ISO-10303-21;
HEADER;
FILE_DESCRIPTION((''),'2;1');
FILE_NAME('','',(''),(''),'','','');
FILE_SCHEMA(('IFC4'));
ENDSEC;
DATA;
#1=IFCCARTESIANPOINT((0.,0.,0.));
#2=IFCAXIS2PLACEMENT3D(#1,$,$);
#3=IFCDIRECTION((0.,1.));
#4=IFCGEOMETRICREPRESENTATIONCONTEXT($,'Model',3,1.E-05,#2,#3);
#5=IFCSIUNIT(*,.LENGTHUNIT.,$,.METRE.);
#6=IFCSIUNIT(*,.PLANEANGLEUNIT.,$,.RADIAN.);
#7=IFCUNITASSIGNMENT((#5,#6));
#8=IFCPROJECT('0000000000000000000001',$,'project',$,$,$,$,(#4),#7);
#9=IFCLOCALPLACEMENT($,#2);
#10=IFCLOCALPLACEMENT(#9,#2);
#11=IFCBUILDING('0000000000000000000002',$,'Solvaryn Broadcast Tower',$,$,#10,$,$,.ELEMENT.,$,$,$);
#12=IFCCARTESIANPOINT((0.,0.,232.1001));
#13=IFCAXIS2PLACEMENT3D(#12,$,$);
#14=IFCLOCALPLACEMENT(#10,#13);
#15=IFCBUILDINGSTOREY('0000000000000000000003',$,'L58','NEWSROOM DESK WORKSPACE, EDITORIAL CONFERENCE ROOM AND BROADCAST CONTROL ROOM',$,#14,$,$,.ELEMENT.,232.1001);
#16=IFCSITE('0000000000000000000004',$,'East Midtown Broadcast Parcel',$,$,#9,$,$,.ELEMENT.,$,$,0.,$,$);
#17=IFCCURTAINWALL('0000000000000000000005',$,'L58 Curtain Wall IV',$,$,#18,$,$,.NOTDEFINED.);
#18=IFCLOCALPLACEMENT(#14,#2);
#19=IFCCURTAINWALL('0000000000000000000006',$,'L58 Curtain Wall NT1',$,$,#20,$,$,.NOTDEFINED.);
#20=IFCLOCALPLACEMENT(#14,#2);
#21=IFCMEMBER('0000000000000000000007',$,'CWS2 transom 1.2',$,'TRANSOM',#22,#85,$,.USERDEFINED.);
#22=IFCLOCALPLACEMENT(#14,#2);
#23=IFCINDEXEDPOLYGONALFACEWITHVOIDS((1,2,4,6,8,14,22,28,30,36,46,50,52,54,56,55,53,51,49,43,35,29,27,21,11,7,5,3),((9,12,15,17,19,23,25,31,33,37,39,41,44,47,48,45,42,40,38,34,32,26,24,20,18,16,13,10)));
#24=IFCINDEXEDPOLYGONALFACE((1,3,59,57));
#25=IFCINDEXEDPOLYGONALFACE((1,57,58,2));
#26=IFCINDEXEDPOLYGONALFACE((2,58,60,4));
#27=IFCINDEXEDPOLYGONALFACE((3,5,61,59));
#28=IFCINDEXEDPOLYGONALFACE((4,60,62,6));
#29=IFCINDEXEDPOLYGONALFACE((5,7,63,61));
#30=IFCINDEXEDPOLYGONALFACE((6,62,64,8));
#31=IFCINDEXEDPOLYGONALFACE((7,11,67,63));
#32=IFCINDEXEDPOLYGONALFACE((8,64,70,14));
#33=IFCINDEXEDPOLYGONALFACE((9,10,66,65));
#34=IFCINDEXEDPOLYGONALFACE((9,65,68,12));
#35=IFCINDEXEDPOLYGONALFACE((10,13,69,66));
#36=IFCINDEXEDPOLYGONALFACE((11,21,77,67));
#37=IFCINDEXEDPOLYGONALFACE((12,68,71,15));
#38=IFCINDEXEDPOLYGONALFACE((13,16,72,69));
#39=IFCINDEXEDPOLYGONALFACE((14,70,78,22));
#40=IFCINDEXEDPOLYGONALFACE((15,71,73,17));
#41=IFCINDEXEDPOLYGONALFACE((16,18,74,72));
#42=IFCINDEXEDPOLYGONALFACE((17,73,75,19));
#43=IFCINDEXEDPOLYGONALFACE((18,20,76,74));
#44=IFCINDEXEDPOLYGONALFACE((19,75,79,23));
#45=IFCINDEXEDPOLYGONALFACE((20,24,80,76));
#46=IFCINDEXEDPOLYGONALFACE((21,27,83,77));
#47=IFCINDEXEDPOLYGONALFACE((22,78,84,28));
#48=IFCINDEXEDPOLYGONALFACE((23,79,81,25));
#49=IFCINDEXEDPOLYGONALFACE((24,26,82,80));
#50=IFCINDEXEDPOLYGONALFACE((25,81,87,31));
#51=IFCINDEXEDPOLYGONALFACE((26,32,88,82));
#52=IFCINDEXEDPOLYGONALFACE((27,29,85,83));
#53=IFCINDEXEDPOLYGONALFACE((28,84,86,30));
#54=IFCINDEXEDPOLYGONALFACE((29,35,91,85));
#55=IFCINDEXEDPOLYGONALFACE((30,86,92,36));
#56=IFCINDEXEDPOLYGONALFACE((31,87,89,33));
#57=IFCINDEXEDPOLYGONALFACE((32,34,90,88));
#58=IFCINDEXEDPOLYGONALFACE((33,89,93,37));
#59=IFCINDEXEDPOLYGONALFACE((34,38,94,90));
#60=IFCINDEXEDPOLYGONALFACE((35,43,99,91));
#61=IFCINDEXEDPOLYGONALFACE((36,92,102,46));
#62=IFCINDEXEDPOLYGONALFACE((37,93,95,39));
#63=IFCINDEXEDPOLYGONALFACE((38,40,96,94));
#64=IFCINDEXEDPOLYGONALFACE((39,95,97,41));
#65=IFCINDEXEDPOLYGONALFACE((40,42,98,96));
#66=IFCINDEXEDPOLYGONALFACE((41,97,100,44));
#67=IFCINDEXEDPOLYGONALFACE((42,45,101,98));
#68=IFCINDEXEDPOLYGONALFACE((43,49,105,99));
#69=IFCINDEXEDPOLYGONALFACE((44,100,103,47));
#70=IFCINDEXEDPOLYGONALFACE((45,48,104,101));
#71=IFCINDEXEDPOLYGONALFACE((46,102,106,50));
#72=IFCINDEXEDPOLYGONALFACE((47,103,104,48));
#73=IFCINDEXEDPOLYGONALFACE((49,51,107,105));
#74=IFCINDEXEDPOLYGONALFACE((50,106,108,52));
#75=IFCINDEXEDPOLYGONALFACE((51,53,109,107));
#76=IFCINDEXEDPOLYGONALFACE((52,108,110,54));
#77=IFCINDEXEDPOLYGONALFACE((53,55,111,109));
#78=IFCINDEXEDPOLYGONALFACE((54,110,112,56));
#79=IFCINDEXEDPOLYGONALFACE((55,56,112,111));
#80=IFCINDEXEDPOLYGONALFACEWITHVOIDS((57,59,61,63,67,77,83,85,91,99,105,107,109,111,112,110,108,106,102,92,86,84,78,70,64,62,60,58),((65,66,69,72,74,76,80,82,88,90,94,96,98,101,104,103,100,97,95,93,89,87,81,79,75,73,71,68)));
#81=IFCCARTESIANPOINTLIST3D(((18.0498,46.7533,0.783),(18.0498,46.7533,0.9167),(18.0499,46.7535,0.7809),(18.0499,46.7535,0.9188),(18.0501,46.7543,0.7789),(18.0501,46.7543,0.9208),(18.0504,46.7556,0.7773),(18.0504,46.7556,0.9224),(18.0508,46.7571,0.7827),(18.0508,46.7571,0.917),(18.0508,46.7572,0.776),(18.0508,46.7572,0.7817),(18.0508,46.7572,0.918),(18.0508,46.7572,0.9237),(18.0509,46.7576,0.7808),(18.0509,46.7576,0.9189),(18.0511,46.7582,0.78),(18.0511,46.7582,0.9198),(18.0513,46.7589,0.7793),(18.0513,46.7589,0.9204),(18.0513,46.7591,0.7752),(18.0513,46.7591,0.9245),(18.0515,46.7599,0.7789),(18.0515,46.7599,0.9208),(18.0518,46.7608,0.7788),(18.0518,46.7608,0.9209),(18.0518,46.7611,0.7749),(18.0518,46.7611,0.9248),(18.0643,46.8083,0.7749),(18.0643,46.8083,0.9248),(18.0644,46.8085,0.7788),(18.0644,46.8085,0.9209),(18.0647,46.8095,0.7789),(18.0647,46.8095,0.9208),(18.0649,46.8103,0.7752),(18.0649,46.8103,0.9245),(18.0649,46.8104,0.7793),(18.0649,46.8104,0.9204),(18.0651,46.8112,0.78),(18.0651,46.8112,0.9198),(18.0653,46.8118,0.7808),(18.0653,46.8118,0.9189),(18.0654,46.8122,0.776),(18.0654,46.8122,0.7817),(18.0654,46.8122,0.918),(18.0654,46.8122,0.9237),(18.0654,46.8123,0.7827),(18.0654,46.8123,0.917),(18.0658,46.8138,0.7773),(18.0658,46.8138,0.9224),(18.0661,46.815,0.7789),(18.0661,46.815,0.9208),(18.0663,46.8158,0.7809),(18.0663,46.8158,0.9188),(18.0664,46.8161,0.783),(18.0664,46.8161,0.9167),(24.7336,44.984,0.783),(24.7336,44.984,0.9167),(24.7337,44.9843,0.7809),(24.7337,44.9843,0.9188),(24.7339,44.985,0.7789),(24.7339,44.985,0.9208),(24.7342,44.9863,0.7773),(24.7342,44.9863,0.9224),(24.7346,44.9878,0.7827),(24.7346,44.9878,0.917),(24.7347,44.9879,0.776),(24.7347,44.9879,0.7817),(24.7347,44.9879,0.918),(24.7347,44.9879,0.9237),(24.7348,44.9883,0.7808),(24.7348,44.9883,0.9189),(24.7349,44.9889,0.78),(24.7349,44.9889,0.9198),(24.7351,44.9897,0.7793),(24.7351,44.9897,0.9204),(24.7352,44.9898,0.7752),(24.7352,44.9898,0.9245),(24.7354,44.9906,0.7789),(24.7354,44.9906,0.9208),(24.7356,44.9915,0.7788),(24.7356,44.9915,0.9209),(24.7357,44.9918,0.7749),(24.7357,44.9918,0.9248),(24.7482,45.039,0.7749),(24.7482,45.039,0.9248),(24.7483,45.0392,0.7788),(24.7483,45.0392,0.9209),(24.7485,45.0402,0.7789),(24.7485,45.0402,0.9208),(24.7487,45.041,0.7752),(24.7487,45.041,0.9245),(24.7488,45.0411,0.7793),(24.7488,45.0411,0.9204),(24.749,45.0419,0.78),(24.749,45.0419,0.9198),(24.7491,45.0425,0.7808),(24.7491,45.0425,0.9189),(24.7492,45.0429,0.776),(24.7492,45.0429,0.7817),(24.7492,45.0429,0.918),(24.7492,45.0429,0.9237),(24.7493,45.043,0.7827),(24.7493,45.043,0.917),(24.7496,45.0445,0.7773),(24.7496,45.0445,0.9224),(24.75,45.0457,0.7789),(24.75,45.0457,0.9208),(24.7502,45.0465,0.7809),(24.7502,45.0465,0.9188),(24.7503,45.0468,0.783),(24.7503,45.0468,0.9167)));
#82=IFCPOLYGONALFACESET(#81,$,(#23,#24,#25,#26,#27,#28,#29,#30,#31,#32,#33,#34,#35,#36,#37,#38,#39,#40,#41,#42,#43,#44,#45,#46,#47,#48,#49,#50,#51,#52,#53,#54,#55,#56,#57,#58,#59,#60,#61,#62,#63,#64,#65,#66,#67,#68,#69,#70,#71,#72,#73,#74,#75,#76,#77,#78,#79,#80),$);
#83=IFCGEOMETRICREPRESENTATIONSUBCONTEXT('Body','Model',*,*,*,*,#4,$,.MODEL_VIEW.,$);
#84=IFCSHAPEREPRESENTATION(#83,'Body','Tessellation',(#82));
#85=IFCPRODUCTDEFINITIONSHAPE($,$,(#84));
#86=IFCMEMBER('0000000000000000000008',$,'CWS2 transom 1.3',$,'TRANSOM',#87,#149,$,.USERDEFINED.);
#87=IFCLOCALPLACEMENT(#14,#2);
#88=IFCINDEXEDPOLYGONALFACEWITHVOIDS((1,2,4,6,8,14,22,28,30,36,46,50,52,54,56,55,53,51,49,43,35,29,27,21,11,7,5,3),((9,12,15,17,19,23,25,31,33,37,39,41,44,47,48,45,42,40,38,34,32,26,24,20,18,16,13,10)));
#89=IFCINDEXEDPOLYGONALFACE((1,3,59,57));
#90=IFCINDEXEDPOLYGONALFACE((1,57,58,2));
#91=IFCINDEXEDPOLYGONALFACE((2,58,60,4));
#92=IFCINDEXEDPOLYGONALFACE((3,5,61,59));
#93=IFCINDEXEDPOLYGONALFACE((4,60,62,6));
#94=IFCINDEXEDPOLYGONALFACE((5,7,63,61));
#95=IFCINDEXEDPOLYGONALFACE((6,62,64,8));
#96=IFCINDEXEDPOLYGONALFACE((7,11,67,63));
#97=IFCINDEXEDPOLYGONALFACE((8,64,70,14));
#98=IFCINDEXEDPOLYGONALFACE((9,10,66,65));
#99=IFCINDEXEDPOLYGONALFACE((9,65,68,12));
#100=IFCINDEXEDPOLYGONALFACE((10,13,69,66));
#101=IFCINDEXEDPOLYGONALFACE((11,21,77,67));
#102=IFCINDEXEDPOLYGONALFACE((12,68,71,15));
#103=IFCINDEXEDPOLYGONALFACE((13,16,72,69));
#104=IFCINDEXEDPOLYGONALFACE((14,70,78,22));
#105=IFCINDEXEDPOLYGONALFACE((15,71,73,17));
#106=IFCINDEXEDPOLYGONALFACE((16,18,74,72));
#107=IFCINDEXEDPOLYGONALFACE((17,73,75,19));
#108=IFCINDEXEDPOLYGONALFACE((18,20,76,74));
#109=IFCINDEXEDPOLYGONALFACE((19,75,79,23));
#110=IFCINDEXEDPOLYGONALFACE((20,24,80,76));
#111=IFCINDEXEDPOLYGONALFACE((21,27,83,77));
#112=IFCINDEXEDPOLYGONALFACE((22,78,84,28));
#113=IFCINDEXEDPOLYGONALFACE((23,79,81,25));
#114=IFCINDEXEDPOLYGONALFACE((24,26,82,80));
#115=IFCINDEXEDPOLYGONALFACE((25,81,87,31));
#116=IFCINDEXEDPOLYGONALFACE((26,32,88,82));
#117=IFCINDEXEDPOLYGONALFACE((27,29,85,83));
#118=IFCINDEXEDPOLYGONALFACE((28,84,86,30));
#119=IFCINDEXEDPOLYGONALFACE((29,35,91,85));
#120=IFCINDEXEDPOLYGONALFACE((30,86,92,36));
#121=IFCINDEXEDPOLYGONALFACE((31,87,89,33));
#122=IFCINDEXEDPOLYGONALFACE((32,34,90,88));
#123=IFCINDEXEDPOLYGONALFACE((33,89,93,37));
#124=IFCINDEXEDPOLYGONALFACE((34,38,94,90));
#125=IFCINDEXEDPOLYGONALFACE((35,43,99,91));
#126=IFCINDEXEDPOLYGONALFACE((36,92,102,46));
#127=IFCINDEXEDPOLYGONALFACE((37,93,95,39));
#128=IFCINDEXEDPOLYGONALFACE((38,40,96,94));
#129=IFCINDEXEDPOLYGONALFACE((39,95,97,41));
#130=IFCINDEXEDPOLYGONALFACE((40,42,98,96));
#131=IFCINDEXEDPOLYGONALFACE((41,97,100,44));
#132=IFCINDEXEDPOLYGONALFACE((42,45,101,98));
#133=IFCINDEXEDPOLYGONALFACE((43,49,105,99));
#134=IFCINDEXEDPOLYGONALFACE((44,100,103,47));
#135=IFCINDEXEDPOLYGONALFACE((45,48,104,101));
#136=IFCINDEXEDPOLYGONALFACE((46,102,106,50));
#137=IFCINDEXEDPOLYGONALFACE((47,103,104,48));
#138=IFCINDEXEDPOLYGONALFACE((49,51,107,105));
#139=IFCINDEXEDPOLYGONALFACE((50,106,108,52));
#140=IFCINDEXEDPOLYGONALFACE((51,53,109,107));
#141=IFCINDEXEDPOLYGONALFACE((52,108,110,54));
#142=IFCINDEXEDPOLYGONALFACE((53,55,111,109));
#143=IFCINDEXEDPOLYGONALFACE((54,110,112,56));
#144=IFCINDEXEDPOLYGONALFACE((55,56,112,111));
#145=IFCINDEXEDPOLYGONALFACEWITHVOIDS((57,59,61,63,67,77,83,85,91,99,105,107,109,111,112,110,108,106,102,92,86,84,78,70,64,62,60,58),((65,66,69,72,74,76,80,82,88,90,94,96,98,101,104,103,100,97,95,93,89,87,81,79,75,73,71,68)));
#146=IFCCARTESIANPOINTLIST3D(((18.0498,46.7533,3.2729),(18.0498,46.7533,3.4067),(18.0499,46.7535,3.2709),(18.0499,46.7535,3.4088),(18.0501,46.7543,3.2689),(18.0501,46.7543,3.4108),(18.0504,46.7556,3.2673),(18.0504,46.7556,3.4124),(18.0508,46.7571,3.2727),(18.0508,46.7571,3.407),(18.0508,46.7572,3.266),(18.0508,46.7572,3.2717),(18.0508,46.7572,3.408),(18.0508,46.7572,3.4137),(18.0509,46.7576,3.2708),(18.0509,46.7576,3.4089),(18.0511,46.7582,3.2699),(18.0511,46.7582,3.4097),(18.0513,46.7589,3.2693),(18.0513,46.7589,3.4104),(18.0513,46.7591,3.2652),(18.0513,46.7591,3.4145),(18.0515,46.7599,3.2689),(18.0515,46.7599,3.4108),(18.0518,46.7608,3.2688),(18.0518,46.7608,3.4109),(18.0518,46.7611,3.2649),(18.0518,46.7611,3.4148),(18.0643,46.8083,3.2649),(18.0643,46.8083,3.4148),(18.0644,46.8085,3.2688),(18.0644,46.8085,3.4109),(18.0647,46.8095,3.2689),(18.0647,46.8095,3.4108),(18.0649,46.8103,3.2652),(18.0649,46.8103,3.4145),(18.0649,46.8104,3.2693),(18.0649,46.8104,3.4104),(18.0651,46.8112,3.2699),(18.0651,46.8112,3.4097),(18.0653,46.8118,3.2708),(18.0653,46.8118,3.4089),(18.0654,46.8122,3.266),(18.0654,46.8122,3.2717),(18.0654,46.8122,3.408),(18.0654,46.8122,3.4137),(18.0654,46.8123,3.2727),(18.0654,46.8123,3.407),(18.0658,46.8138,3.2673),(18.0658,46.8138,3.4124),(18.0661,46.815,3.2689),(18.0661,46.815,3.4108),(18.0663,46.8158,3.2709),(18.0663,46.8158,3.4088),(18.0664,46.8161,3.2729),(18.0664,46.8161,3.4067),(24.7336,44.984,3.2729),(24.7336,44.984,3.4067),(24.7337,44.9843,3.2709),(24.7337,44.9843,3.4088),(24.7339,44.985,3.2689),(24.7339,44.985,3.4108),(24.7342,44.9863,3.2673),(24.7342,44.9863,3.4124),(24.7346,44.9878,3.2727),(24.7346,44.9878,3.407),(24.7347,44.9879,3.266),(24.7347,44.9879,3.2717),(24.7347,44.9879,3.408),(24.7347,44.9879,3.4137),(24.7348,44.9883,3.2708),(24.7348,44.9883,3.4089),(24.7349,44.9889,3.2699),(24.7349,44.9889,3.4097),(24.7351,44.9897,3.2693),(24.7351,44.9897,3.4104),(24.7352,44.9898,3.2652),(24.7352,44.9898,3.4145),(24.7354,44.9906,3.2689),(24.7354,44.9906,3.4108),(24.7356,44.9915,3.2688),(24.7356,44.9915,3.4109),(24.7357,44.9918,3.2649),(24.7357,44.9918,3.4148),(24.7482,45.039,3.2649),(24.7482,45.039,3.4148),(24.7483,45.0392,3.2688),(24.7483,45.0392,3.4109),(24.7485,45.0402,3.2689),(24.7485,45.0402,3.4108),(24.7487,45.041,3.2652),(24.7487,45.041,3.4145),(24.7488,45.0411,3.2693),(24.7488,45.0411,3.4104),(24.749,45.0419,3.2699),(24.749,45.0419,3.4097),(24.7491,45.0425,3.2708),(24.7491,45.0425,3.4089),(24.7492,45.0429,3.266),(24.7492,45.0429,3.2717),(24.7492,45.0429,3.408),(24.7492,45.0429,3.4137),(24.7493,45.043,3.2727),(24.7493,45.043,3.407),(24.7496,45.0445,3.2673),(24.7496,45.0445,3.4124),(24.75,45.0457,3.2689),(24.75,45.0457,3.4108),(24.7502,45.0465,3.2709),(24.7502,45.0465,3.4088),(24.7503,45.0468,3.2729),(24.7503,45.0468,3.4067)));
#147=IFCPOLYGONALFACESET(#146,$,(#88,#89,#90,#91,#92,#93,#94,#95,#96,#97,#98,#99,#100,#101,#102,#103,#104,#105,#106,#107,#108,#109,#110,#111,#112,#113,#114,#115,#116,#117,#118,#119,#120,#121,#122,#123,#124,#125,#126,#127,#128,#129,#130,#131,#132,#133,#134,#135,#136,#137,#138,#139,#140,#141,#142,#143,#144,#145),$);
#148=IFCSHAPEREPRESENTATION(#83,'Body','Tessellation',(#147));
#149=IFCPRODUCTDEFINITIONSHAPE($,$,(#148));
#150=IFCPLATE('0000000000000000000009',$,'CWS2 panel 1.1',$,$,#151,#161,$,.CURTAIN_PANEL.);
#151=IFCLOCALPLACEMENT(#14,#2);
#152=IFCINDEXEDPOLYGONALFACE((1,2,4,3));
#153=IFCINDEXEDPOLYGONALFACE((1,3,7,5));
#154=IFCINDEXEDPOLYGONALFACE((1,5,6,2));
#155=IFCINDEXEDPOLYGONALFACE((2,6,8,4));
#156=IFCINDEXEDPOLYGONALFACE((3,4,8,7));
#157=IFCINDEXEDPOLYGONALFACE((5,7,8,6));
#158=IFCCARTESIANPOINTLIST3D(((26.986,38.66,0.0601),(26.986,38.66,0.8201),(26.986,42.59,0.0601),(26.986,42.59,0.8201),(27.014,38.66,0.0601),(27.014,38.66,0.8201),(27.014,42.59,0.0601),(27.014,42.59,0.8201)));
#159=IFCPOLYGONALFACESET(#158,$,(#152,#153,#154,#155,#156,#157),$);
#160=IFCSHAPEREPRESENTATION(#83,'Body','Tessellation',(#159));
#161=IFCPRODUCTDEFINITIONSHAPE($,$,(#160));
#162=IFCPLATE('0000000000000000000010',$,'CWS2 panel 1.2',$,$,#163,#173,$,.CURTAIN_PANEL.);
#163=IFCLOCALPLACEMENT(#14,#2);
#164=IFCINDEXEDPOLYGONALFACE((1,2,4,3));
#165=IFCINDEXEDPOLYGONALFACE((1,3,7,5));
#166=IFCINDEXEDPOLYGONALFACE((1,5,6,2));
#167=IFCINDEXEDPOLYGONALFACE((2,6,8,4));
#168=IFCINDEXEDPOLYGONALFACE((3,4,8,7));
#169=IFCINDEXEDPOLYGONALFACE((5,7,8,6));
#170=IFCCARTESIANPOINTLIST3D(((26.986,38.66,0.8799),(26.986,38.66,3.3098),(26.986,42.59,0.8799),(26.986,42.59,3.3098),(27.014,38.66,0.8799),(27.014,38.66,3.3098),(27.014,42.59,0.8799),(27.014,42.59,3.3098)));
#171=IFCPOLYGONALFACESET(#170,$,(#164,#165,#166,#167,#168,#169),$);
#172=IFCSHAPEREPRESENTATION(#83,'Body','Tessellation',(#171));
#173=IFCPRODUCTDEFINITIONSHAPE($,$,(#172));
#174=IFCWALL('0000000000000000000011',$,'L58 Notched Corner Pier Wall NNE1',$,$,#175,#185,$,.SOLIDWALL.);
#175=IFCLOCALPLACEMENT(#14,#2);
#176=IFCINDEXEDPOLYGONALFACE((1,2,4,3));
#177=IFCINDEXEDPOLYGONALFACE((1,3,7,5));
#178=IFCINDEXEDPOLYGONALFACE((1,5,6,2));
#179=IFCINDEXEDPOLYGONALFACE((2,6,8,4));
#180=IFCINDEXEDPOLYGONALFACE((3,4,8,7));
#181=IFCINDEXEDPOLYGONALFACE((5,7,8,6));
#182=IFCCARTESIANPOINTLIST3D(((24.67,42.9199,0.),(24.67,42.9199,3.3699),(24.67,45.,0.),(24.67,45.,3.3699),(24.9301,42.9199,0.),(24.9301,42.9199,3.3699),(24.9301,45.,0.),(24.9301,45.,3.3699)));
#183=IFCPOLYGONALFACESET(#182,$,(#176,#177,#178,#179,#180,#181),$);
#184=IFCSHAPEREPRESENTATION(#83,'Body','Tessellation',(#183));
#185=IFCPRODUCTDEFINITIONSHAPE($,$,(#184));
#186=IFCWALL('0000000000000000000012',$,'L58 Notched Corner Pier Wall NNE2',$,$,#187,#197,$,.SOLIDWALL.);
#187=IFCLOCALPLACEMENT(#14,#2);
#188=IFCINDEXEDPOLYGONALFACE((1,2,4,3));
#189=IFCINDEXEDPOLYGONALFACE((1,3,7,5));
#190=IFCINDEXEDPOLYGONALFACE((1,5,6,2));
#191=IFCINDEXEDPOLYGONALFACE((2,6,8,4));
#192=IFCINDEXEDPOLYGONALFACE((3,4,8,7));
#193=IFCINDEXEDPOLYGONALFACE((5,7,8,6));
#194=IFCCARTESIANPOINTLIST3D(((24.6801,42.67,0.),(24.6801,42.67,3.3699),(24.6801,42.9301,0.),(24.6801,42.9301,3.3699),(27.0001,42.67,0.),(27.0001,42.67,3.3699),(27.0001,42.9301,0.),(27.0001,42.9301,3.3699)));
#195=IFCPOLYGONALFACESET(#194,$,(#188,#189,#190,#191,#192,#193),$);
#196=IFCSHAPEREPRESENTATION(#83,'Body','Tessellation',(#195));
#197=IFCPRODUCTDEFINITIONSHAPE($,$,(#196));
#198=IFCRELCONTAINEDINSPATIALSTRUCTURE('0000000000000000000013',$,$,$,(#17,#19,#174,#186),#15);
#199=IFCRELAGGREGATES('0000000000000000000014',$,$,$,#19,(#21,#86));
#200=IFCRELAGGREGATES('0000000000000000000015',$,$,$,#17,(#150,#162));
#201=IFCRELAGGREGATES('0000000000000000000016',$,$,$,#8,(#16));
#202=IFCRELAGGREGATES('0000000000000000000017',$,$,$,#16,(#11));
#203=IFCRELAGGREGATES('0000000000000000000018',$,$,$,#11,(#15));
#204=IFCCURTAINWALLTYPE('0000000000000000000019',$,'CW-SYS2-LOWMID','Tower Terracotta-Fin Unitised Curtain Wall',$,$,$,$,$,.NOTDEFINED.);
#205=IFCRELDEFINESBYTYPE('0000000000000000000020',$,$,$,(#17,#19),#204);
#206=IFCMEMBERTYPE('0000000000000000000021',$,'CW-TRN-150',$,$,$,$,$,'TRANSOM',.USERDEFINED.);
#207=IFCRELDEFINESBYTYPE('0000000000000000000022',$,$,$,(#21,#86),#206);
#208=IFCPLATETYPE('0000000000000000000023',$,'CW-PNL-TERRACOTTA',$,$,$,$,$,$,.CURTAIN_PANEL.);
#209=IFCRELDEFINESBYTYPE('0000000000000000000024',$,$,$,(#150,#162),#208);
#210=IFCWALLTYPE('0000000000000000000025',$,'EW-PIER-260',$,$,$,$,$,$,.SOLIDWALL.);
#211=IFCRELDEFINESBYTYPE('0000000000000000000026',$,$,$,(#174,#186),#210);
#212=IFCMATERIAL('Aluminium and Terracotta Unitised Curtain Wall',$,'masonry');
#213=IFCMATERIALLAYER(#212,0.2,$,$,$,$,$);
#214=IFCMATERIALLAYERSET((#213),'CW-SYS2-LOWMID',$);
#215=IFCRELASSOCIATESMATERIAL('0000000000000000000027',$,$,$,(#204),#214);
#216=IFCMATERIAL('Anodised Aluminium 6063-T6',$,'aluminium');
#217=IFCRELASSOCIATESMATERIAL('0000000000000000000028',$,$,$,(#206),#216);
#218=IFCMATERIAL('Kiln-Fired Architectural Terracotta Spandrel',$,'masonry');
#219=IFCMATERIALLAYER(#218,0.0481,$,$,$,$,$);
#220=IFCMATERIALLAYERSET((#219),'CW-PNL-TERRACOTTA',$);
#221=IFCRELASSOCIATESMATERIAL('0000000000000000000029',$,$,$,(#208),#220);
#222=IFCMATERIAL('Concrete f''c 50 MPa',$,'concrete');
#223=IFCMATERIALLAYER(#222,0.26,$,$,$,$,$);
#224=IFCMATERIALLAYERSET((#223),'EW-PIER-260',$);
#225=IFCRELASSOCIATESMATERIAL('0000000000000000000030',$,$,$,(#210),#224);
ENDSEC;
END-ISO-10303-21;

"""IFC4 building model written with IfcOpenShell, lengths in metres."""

from ifc_helpers import new_model, si_unit, direction, frame, frame_2d, origin, origin_2d, place, context, subcontext, project, spatial, rectangle, hollow_rectangle, extrude, material, layer, layer_set, material_profile, profile_set, type_object, element, aggregate, save


model = new_model("IFC4")

# Units and contexts
model_context = context("Model", 3, precision=1e-05, world=origin(), true_north=direction((0.0, 1.0)))
body_context = subcontext(model_context, "Body", "Model", "MODEL_VIEW")
ifc_project = project(units=[si_unit("LENGTHUNIT", "METRE"), si_unit("PLANEANGLEUNIT", "RADIAN")], contexts=[model_context])

# Site, building, storey
site_placement = place(None, origin())
site = spatial("IfcSite", under=ifc_project, at=site_placement, Name="East Midtown Broadcast Parcel", CompositionType="ELEMENT", RefElevation=0.0)
building_placement = place(site_placement, origin())
building = spatial("IfcBuilding", under=site, at=building_placement, Name="Solvaryn Broadcast Tower", CompositionType="ELEMENT")
storey_placement = place(building_placement, frame((0.0, 0.0, 232.1001)))
storey = spatial("IfcBuildingStorey", under=building, at=storey_placement, Name="L58", Description="NEWSROOM DESK WORKSPACE, EDITORIAL CONFERENCE ROOM AND BROADCAST CONTROL ROOM", CompositionType="ELEMENT", Elevation=232.1001)

# Curtain wall
ifc_material_1 = material(Name="Aluminium and Terracotta Unitised Curtain Wall", Category="masonry")
ifc_layer_1 = layer(ifc_material_1, 0.2)
ifc_layer_set_1 = layer_set([ifc_layer_1], Name="CW-SYS2-LOWMID")
curtain_wall_type = type_object("IfcCurtainWallType", Name="CW-SYS2-LOWMID", Description="Tower Terracotta-Fin Unitised Curtain Wall", PredefinedType="NOTDEFINED", material=ifc_layer_set_1)
curtain_wall_1_placement = place(storey_placement, origin())
curtain_wall_1 = element("IfcCurtainWall", 1, at=curtain_wall_1_placement, inside=storey, type_object=curtain_wall_type, Name="L58 Curtain Wall IV", PredefinedType="NOTDEFINED")

# Curtain wall
curtain_wall_2_placement = place(storey_placement, origin())
curtain_wall_2 = element("IfcCurtainWall", 2, at=curtain_wall_2_placement, inside=storey, type_object=curtain_wall_type, Name="L58 Curtain Wall NT1", PredefinedType="NOTDEFINED")

# Members
ifc_material_2 = material(Name="Anodised Aluminium 6063-T6", Category="aluminium")
ifc_material_profile_1 = material_profile(ifc_material_2, hollow_rectangle(XDim=0.0649, YDim=0.1499, WallThickness=0.0039, InnerFilletRadius=0.0039, OuterFilletRadius=0.0081, at=origin_2d()))
ifc_profile_set_1 = profile_set([ifc_material_profile_1], Name="Anodised Aluminium 6063-T6")
member_type_1 = type_object("IfcMemberType", Name="CW-TRN-150", ElementType="TRANSOM", PredefinedType="USERDEFINED", material=ifc_profile_set_1)
member_1_placement = place(storey_placement, frame((24.7419, 45.0154, 0.8499), z_axis=(-0.966704, 0.255897, 0.0), x_axis=(-0.255897, -0.966704, 0.0)))
member_1 = element("IfcMember", 3, at=member_1_placement, type_object=member_type_1, Name="CWS2 transom 1.2", ObjectType="TRANSOM", PredefinedType="USERDEFINED", context=body_context, shape_type="SweptSolid", body=[
    extrude(hollow_rectangle(XDim=0.0649, YDim=0.1499, WallThickness=0.0039, InnerFilletRadius=0.0039, OuterFilletRadius=0.0081, at=origin_2d()), origin(), (0.0, 0.0, 1.0), 6.9141),
])
member_2_placement = place(storey_placement, frame((24.7419, 45.0154, 3.3398), z_axis=(-0.966704, 0.255897, 0.0), x_axis=(-0.255897, -0.966704, 0.0)))
member_2 = element("IfcMember", 4, at=member_2_placement, type_object=member_type_1, Name="CWS2 transom 1.3", ObjectType="TRANSOM", PredefinedType="USERDEFINED", context=body_context, shape_type="SweptSolid", body=[
    extrude(hollow_rectangle(XDim=0.0649, YDim=0.1499, WallThickness=0.0039, InnerFilletRadius=0.0039, OuterFilletRadius=0.0081, at=origin_2d()), origin(), (0.0, 0.0, 1.0), 6.9141),
])
aggregate(curtain_wall_2, [member_1, member_2])

# Plates
ifc_material_3 = material(Name="Kiln-Fired Architectural Terracotta Spandrel", Category="masonry")
ifc_layer_2 = layer(ifc_material_3, 0.0481)
ifc_layer_set_2 = layer_set([ifc_layer_2], Name="CW-PNL-TERRACOTTA")
plate_type = type_object("IfcPlateType", Name="CW-PNL-TERRACOTTA", PredefinedType="CURTAIN_PANEL", material=ifc_layer_set_2)
plate_1_placement = place(storey_placement, frame((27.0, 40.625, 0.0601), z_axis=(0.0, 0.0, 1.0), x_axis=(0.0, -1.0, 0.0)))
plate_1 = element("IfcPlate", 5, at=plate_1_placement, type_object=plate_type, Name="CWS2 panel 1.1", PredefinedType="CURTAIN_PANEL", context=body_context, shape_type="SweptSolid", body=[
    extrude(rectangle(XDim=3.9299, YDim=0.0281, at=origin_2d()), origin(), (0.0, 0.0, 1.0), 0.76),
])
plate_2_placement = place(storey_placement, frame((27.0, 40.625, 0.8799), z_axis=(0.0, 0.0, 1.0), x_axis=(0.0, -1.0, 0.0)))
plate_2 = element("IfcPlate", 6, at=plate_2_placement, type_object=plate_type, Name="CWS2 panel 1.2", PredefinedType="CURTAIN_PANEL", context=body_context, shape_type="SweptSolid", body=[
    extrude(rectangle(XDim=3.9299, YDim=0.0281, at=origin_2d()), origin(), (0.0, 0.0, 1.0), 2.4299),
])
aggregate(curtain_wall_1, [plate_1, plate_2])

# Walls
ifc_material_4 = material(Name="Concrete f'c 50 MPa", Category="concrete")
ifc_layer_3 = layer(ifc_material_4, 0.26)
ifc_layer_set_3 = layer_set([ifc_layer_3], Name="EW-PIER-260")
wall_type_1 = type_object("IfcWallType", Name="EW-PIER-260", PredefinedType="SOLIDWALL", material=ifc_layer_set_3)
wall_1_placement = place(storey_placement, frame((24.8, 45.0, 0.0), z_axis=(0.0, 0.0, 1.0), x_axis=(0.0, -1.0, 0.0)))
element("IfcWall", 7, at=wall_1_placement, inside=storey, type_object=wall_type_1, Name="L58 Notched Corner Pier Wall NNE1", PredefinedType="SOLIDWALL", context=body_context, shape_type="SweptSolid", body=[
    extrude(rectangle(XDim=2.0801, YDim=0.26, at=frame_2d((1.04, 0.0))), origin(), (0.0, 0.0, 1.0), 3.3699),
])
wall_2_placement = place(storey_placement, frame((24.6799, 42.8, 0.0), z_axis=(0.0, 0.0, 1.0), x_axis=(1.0, 0.0, 0.0)))
element("IfcWall", 8, at=wall_2_placement, inside=storey, type_object=wall_type_1, Name="L58 Notched Corner Pier Wall NNE2", PredefinedType="SOLIDWALL", context=body_context, shape_type="SweptSolid", body=[
    extrude(rectangle(XDim=2.3201, YDim=0.26, at=frame_2d((1.1602, 0.0))), origin(), (0.0, 0.0, 1.0), 3.3699),
])

save(model, "model.ifc")
